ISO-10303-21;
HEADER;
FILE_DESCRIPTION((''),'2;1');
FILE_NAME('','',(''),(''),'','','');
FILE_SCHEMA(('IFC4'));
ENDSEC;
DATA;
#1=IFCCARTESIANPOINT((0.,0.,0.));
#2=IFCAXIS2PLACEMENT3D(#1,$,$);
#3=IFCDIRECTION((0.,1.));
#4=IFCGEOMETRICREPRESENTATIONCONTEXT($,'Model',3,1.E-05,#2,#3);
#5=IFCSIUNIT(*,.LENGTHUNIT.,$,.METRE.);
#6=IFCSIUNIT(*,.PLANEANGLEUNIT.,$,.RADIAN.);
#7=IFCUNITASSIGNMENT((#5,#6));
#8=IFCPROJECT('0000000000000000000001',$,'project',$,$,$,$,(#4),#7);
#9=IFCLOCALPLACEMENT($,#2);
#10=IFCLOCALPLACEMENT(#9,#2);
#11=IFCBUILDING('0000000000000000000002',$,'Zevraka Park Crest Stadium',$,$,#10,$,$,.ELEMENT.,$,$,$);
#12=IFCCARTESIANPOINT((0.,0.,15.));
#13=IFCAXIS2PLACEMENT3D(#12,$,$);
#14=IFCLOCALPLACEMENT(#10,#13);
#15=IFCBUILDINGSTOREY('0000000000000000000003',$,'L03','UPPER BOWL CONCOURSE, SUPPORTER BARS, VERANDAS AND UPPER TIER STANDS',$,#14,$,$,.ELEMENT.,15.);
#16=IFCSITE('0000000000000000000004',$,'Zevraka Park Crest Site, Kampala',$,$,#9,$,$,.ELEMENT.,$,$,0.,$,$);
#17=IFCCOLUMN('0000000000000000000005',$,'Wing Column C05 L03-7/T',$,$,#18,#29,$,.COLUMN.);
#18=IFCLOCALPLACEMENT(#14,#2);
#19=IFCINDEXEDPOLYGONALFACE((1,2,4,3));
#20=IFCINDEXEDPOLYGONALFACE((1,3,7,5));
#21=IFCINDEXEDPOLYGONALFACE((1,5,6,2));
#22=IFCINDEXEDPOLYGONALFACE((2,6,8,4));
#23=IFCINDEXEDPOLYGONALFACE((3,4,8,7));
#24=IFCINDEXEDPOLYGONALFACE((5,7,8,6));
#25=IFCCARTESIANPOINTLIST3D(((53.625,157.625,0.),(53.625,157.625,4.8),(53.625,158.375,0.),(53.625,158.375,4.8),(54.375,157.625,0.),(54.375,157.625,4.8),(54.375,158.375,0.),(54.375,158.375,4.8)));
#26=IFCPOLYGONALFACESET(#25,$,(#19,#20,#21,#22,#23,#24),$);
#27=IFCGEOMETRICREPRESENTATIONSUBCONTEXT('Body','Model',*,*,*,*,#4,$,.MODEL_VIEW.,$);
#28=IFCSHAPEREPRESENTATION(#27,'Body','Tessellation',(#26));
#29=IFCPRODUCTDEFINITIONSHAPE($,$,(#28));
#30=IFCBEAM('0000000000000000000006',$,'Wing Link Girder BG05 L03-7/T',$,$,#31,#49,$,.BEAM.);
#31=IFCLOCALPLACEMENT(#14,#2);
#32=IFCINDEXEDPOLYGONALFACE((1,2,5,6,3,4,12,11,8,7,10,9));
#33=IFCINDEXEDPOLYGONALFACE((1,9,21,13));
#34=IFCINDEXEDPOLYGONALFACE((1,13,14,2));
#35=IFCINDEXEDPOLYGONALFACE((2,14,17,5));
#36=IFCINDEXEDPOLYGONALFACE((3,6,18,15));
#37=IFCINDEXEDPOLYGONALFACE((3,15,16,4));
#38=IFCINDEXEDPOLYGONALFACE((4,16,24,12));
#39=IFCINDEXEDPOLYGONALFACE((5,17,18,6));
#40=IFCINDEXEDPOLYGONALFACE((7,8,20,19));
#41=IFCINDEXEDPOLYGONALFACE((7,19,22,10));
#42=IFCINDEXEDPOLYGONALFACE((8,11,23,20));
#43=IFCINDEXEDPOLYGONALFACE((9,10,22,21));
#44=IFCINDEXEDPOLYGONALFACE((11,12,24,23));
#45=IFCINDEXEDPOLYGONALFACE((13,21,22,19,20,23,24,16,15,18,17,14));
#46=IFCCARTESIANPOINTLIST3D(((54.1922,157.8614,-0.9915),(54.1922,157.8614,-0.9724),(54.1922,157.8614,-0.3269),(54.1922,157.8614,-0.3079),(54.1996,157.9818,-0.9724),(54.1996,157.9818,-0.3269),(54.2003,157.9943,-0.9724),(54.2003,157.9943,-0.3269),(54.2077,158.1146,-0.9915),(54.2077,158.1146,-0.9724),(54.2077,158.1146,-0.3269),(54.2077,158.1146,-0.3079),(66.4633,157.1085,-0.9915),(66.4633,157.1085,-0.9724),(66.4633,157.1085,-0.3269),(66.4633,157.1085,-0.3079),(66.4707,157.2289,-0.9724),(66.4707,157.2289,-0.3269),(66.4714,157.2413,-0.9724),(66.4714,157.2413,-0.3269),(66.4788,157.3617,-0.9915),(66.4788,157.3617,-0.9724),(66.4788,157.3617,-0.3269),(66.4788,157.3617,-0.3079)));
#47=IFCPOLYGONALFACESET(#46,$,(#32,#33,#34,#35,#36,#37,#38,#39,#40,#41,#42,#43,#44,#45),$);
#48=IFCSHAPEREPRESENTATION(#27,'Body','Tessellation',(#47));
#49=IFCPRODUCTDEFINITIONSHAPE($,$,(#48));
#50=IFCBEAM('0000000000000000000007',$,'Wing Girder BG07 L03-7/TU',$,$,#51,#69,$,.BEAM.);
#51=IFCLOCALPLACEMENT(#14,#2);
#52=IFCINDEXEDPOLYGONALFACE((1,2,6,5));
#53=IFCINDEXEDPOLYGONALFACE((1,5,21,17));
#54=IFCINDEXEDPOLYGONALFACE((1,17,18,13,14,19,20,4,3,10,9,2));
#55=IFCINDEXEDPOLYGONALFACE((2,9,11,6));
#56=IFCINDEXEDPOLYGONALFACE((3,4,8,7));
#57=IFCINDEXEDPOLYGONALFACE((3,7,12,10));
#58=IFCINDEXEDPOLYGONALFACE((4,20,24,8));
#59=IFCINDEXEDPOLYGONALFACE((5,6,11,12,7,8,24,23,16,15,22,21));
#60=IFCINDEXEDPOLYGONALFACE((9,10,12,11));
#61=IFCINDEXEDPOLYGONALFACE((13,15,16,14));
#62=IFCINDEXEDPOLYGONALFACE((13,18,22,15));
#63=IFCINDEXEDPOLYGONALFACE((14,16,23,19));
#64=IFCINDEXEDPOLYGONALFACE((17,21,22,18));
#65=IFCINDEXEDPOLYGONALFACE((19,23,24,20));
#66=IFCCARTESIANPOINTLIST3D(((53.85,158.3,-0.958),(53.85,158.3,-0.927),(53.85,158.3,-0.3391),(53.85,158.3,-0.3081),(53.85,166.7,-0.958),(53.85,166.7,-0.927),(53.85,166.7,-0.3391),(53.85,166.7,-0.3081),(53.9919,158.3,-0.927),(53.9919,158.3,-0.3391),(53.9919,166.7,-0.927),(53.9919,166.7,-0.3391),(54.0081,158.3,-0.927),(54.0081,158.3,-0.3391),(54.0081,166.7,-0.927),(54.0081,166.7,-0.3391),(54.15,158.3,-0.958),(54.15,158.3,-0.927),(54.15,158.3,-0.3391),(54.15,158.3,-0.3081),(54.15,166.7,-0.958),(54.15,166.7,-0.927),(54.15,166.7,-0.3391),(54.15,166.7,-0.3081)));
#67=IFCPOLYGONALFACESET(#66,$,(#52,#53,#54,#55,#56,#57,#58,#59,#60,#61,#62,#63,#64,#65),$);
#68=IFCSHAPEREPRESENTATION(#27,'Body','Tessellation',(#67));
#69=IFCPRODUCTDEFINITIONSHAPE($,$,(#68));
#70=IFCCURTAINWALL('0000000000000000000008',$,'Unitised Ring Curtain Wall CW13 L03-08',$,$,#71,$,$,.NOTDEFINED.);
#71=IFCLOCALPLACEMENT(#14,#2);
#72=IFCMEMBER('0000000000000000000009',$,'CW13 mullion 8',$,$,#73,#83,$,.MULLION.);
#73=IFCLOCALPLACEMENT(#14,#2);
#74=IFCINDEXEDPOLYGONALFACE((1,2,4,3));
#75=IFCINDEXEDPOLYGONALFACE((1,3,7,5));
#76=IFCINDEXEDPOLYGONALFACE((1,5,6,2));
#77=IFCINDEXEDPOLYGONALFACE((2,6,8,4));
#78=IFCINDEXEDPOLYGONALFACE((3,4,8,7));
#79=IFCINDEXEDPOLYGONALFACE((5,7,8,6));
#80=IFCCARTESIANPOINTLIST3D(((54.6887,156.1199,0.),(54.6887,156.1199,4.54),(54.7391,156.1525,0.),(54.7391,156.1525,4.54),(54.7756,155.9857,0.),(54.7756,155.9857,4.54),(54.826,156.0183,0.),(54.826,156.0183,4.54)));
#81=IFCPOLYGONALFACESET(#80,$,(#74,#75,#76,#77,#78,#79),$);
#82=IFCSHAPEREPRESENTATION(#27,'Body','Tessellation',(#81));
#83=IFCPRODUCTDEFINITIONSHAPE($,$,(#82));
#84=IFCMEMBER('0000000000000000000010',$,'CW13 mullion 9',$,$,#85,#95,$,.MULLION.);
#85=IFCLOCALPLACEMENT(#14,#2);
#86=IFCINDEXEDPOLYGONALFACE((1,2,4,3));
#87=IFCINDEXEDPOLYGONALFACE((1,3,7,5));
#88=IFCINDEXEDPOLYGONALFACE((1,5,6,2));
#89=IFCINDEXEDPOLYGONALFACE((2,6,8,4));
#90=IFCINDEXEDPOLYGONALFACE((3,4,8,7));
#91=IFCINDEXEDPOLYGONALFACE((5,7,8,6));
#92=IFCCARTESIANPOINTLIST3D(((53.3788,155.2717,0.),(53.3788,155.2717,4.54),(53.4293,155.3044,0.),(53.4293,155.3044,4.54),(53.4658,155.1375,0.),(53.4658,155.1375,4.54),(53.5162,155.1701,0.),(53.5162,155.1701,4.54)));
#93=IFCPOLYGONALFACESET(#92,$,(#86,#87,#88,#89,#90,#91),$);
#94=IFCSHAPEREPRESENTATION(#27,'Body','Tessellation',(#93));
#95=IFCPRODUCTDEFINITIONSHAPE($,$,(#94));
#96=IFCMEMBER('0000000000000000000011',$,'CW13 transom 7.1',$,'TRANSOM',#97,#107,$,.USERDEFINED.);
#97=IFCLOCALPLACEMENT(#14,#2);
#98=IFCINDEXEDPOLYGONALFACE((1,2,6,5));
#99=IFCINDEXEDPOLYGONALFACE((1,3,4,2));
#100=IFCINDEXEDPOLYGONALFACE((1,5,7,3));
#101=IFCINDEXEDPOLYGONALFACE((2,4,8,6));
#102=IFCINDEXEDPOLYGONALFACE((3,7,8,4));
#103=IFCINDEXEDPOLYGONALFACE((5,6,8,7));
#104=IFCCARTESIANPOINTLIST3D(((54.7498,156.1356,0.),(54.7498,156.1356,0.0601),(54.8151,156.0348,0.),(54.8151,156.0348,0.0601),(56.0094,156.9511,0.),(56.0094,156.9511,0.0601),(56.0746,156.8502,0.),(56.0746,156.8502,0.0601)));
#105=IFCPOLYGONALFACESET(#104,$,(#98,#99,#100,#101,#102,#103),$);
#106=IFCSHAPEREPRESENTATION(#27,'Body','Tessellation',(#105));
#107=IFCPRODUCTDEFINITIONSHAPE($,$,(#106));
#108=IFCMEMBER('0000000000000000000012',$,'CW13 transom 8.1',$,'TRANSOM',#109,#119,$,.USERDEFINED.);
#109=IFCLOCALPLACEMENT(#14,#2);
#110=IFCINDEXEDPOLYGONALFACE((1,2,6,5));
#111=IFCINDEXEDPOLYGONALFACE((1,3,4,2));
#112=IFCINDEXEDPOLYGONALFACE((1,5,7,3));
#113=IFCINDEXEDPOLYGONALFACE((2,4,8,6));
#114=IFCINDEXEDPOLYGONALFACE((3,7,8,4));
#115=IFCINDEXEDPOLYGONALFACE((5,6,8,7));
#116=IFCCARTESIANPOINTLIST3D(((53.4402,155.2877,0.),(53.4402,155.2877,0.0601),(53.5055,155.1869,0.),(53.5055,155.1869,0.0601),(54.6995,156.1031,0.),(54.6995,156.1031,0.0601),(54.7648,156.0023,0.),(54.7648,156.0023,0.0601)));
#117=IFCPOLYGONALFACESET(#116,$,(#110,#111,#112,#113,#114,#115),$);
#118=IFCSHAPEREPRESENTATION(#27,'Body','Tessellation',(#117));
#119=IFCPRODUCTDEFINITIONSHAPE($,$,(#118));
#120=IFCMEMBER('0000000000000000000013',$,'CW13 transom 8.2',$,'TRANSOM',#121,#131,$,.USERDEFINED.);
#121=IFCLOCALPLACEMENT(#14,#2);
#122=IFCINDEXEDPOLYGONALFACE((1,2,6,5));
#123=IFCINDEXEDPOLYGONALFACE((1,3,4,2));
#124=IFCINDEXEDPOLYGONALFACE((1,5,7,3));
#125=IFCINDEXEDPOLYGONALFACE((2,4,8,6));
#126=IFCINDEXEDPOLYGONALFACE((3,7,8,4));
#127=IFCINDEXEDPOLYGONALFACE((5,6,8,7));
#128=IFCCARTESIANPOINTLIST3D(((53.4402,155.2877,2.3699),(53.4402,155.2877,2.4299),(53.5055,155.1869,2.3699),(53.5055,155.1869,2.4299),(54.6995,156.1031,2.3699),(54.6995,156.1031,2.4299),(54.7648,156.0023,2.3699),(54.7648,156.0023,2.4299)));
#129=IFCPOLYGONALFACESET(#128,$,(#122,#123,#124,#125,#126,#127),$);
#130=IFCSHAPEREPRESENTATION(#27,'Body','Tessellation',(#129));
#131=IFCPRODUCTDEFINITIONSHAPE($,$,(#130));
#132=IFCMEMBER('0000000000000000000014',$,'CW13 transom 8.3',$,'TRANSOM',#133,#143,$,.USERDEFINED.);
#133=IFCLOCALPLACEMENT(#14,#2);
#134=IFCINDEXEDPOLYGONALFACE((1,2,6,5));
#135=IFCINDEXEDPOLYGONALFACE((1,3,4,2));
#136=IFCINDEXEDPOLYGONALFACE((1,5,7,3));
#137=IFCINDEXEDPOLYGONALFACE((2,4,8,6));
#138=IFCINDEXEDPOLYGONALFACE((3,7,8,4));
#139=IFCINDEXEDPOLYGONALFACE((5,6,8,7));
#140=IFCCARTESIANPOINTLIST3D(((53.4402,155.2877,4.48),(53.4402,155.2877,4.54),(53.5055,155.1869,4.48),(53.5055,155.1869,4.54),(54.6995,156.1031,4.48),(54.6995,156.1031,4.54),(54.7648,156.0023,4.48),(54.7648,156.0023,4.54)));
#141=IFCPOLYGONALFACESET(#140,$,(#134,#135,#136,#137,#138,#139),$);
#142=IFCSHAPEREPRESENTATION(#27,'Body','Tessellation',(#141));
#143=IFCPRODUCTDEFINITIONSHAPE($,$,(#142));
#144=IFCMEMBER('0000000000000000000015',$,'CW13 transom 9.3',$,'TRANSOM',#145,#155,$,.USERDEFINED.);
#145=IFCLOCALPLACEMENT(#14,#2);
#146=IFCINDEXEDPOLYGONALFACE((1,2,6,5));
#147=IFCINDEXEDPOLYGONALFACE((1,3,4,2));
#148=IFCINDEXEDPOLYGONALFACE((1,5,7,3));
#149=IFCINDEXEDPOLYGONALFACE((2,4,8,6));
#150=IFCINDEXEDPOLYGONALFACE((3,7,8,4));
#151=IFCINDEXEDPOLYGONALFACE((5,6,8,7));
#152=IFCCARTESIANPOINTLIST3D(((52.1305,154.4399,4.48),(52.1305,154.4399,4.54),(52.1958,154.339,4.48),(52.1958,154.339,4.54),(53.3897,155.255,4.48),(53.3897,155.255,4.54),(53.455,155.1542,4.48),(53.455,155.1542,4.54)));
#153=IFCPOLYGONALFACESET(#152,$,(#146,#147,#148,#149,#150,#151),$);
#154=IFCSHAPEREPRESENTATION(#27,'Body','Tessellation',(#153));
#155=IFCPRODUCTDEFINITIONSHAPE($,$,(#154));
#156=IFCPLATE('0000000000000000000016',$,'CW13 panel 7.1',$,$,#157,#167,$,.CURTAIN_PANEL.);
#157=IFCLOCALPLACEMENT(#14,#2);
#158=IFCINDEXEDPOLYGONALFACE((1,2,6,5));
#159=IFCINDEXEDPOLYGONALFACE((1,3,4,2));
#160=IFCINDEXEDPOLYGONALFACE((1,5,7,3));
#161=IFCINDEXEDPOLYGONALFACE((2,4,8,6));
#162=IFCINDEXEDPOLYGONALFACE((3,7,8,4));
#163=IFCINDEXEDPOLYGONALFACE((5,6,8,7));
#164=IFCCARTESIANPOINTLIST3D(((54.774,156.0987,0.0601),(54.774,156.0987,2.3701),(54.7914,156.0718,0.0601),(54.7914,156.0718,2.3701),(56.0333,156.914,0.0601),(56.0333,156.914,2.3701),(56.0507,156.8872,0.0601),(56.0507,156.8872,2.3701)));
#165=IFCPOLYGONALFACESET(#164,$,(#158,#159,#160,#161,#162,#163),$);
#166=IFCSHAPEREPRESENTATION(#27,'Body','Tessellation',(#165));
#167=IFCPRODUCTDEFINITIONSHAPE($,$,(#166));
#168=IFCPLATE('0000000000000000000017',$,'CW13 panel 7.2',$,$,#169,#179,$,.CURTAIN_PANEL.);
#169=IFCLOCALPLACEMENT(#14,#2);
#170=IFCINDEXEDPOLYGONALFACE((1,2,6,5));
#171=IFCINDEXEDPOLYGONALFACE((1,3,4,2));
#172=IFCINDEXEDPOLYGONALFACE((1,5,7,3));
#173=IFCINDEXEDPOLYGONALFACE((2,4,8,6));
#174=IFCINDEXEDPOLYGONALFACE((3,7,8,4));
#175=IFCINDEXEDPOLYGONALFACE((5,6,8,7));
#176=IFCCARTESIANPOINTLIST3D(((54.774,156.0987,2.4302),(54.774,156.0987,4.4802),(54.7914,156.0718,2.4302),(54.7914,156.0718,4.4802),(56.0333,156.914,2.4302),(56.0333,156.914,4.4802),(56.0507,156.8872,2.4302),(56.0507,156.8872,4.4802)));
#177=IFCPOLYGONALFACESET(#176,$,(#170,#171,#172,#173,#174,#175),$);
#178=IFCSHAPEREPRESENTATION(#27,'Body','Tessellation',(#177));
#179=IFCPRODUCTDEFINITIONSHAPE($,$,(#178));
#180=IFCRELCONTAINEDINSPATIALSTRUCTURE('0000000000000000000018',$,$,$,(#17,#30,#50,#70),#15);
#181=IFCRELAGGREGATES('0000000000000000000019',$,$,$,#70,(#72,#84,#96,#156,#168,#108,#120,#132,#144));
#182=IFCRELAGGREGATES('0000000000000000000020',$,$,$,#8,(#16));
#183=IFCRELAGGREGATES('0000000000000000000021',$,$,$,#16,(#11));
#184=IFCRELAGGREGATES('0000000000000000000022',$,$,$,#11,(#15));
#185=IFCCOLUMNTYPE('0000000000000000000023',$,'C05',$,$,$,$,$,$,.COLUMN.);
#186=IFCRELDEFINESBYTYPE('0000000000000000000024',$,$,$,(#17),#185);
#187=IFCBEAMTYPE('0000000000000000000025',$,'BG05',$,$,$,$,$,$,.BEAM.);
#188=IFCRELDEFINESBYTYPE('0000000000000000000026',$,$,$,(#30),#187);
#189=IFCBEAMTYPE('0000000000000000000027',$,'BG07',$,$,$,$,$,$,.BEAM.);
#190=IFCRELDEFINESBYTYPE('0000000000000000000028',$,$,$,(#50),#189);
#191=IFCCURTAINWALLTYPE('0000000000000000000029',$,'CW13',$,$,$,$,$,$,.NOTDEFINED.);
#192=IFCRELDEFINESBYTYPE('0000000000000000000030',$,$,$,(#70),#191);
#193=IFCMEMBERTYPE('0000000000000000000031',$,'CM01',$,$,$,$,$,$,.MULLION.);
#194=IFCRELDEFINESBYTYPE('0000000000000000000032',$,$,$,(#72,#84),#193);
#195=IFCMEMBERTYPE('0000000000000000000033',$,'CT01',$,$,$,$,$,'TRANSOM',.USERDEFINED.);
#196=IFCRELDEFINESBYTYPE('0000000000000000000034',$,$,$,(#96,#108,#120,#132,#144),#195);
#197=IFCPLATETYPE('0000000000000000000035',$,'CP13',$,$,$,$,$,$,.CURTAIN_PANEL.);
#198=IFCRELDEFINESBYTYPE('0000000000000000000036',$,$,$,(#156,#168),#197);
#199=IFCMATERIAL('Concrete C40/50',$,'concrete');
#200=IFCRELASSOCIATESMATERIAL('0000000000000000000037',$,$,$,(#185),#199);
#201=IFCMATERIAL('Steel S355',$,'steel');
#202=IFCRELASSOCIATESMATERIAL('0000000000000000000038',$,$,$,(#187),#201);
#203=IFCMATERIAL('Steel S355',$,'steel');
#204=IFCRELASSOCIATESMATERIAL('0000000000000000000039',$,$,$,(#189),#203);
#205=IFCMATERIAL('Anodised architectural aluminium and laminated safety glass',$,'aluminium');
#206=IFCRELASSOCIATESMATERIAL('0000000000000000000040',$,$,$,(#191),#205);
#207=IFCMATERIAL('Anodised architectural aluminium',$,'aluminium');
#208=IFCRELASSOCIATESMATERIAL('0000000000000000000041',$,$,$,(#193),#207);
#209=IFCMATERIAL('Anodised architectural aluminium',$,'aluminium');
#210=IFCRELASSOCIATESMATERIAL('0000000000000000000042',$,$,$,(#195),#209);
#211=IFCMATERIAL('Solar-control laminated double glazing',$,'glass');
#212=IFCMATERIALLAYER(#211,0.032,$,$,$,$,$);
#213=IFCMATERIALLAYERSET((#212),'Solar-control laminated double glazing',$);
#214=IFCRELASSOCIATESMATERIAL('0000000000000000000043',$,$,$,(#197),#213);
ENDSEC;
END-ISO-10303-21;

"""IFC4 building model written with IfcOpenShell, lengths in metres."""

from ifc_helpers import new_model, si_unit, direction, frame, origin, origin_2d, place, context, subcontext, project, spatial, rectangle, i_section, extrude, material, layer, layer_set, material_profile, profile_set, type_object, element, aggregate, save


model = new_model("IFC4")

# Units and contexts
model_context = context("Model", 3, precision=1e-05, world=origin(), true_north=direction((0.0, 1.0)))
body_context = subcontext(model_context, "Body", "Model", "MODEL_VIEW")
ifc_project = project(units=[si_unit("LENGTHUNIT", "METRE"), si_unit("PLANEANGLEUNIT", "RADIAN")], contexts=[model_context])

# Site, building, storey
site_placement = place(None, origin())
site = spatial("IfcSite", under=ifc_project, at=site_placement, Name="Zevraka Park Crest Site, Kampala", CompositionType="ELEMENT", RefElevation=0.0)
building_placement = place(site_placement, origin())
building = spatial("IfcBuilding", under=site, at=building_placement, Name="Zevraka Park Crest Stadium", CompositionType="ELEMENT")
storey_placement = place(building_placement, frame((0.0, 0.0, 15.0)))
storey = spatial("IfcBuildingStorey", under=building, at=storey_placement, Name="L03", Description="UPPER BOWL CONCOURSE, SUPPORTER BARS, VERANDAS AND UPPER TIER STANDS", CompositionType="ELEMENT", Elevation=15.0)

# Column
ifc_material_1 = material(Name="Concrete C40/50", Category="concrete")
ifc_material_profile_1 = material_profile(ifc_material_1, rectangle(XDim=0.75, YDim=0.75, at=origin_2d()), Name="RC 750x750")
ifc_profile_set_1 = profile_set([ifc_material_profile_1], Name="Concrete C40/50")
column_type = type_object("IfcColumnType", Name="C05", PredefinedType="COLUMN", material=ifc_profile_set_1)
column_placement = place(storey_placement, frame((54.0, 158.0, 0.0), z_axis=(0.0, 0.0, 1.0), x_axis=(1.0, 0.0, 0.0)))
element("IfcColumn", 1, at=column_placement, inside=storey, type_object=column_type, Name="Wing Column C05 L03-7/T", PredefinedType="COLUMN", context=body_context, shape_type="SweptSolid", body=[
    extrude(rectangle(XDim=0.75, YDim=0.75, at=origin_2d()), origin(), (0.0, 0.0, 1.0), 4.8),
])

# Beams
ifc_material_2 = material(Name="Steel S355", Category="steel")
ifc_material_profile_2 = material_profile(ifc_material_2, i_section(OverallWidth=0.2537, OverallDepth=0.6836, WebThickness=0.0125, FlangeThickness=0.019, at=origin_2d()), Name="UKB 686x254x140")
ifc_profile_set_2 = profile_set([ifc_material_profile_2], Name="Steel S355")
beam_type_1 = type_object("IfcBeamType", Name="BG05", PredefinedType="BEAM", material=ifc_profile_set_2)
beam_1_placement = place(storey_placement, frame((54.2, 157.988, -0.6497), z_axis=(0.998123, -0.061243, 0.0), x_axis=(0.061243, 0.998123, 0.0)))
element("IfcBeam", 2, at=beam_1_placement, inside=storey, type_object=beam_type_1, Name="Wing Link Girder BG05 L03-7/T", PredefinedType="BEAM", context=body_context, shape_type="SweptSolid", body=[
    extrude(i_section(OverallWidth=0.2537, OverallDepth=0.6836, WebThickness=0.0125, FlangeThickness=0.019, at=origin_2d()), origin(), (0.0, 0.0, 1.0), 12.2942),
])
ifc_material_3 = material(Name="Steel S355", Category="steel")
ifc_material_profile_3 = material_profile(ifc_material_3, i_section(OverallWidth=0.3, OverallDepth=0.6499, WebThickness=0.0161, FlangeThickness=0.031, at=origin_2d()), Name="HEB 650")
ifc_profile_set_3 = profile_set([ifc_material_profile_3], Name="Steel S355")
beam_type_2 = type_object("IfcBeamType", Name="BG07", PredefinedType="BEAM", material=ifc_profile_set_3)
beam_2_placement = place(storey_placement, frame((54.0, 158.3, -0.6331), z_axis=(0.0, 1.0, 0.0), x_axis=(-1.0, 0.0, 0.0)))
element("IfcBeam", 3, at=beam_2_placement, inside=storey, type_object=beam_type_2, Name="Wing Girder BG07 L03-7/TU", PredefinedType="BEAM", context=body_context, shape_type="SweptSolid", body=[
    extrude(i_section(OverallWidth=0.3, OverallDepth=0.6499, WebThickness=0.0161, FlangeThickness=0.031, at=origin_2d()), origin(), (0.0, 0.0, 1.0), 8.3999),
])

# Curtain wall, members, plates
ifc_material_4 = material(Name="Anodised architectural aluminium and laminated safety glass", Category="aluminium")
curtain_wall_type = type_object("IfcCurtainWallType", Name="CW13", PredefinedType="NOTDEFINED", material=ifc_material_4)
curtain_wall_placement = place(storey_placement, origin())
curtain_wall = element("IfcCurtainWall", 4, at=curtain_wall_placement, inside=storey, type_object=curtain_wall_type, Name="Unitised Ring Curtain Wall CW13 L03-08", PredefinedType="NOTDEFINED")
ifc_material_5 = material(Name="Anodised architectural aluminium", Category="aluminium")
ifc_material_profile_4 = material_profile(ifc_material_5, rectangle(XDim=0.1599, YDim=0.0601, at=origin_2d()), Name="ALU MULLION 160x60")
ifc_profile_set_4 = profile_set([ifc_material_profile_4], Name="Anodised architectural aluminium")
member_type_1 = type_object("IfcMemberType", Name="CM01", PredefinedType="MULLION", material=ifc_profile_set_4)
member_1_placement = place(storey_placement, frame((54.7573, 156.0691, 0.0), z_axis=(0.0, 0.0, 1.0), x_axis=(0.543469, -0.839429, 0.0)))
member_1 = element("IfcMember", 5, at=member_1_placement, type_object=member_type_1, Name="CW13 mullion 8", PredefinedType="MULLION", context=body_context, shape_type="SweptSolid", body=[
    extrude(rectangle(XDim=0.1599, YDim=0.0601, at=origin_2d()), origin(), (0.0, 0.0, 1.0), 4.54),
])
member_2_placement = place(storey_placement, frame((53.4475, 155.2209, 0.0), z_axis=(0.0, 0.0, 1.0), x_axis=(0.543469, -0.839429, 0.0)))
member_2 = element("IfcMember", 6, at=member_2_placement, type_object=member_type_1, Name="CW13 mullion 9", PredefinedType="MULLION", context=body_context, shape_type="SweptSolid", body=[
    extrude(rectangle(XDim=0.1599, YDim=0.0601, at=origin_2d()), origin(), (0.0, 0.0, 1.0), 4.54),
])
ifc_material_6 = material(Name="Anodised architectural aluminium", Category="aluminium")
ifc_material_profile_5 = material_profile(ifc_material_6, rectangle(XDim=0.1201, YDim=0.0601, at=origin_2d()), Name="ALU TRANSOM 120x60")
ifc_profile_set_5 = profile_set([ifc_material_profile_5], Name="Anodised architectural aluminium")
member_type_2 = type_object("IfcMemberType", Name="CT01", ElementType="TRANSOM", PredefinedType="USERDEFINED", material=ifc_profile_set_5)
member_3_placement = place(storey_placement, frame((56.042, 156.9006, 0.03), z_axis=(-0.839435, -0.54346, 0.0), x_axis=(0.54346, -0.839435, 0.0)))
member_3 = element("IfcMember", 7, at=member_3_placement, type_object=member_type_2, Name="CW13 transom 7.1", ObjectType="TRANSOM", PredefinedType="USERDEFINED", context=body_context, shape_type="SweptSolid", body=[
    extrude(rectangle(XDim=0.1201, YDim=0.0601, at=origin_2d()), origin(), (0.0, 0.0, 1.0), 1.5005),
])
member_4_placement = place(storey_placement, frame((54.7322, 156.0527, 0.03), z_axis=(-0.839387, -0.543535, 0.0), x_axis=(0.543535, -0.839387, 0.0)))
member_4 = element("IfcMember", 8, at=member_4_placement, type_object=member_type_2, Name="CW13 transom 8.1", ObjectType="TRANSOM", PredefinedType="USERDEFINED", context=body_context, shape_type="SweptSolid", body=[
    extrude(rectangle(XDim=0.1201, YDim=0.0601, at=origin_2d()), origin(), (0.0, 0.0, 1.0), 1.5002),
])
member_5_placement = place(storey_placement, frame((54.7322, 156.0527, 2.3999), z_axis=(-0.839387, -0.543535, 0.0), x_axis=(0.543535, -0.839387, 0.0)))
member_5 = element("IfcMember", 9, at=member_5_placement, type_object=member_type_2, Name="CW13 transom 8.2", ObjectType="TRANSOM", PredefinedType="USERDEFINED", context=body_context, shape_type="SweptSolid", body=[
    extrude(rectangle(XDim=0.1201, YDim=0.0601, at=origin_2d()), origin(), (0.0, 0.0, 1.0), 1.5002),
])
member_6_placement = place(storey_placement, frame((54.7322, 156.0527, 4.51), z_axis=(-0.839387, -0.543535, 0.0), x_axis=(0.543535, -0.839387, 0.0)))
member_6 = element("IfcMember", 10, at=member_6_placement, type_object=member_type_2, Name="CW13 transom 8.3", ObjectType="TRANSOM", PredefinedType="USERDEFINED", context=body_context, shape_type="SweptSolid", body=[
    extrude(rectangle(XDim=0.1201, YDim=0.0601, at=origin_2d()), origin(), (0.0, 0.0, 1.0), 1.5002),
])
member_7_placement = place(storey_placement, frame((53.4224, 155.2046, 4.51), z_axis=(-0.839461, -0.54342, 0.0), x_axis=(0.54342, -0.839461, 0.0)))
member_7 = element("IfcMember", 11, at=member_7_placement, type_object=member_type_2, Name="CW13 transom 9.3", ObjectType="TRANSOM", PredefinedType="USERDEFINED", context=body_context, shape_type="SweptSolid", body=[
    extrude(rectangle(XDim=0.1201, YDim=0.0601, at=origin_2d()), origin(), (0.0, 0.0, 1.0), 1.5),
])
ifc_material_7 = material(Name="Solar-control laminated double glazing", Category="glass")
ifc_layer_1 = layer(ifc_material_7, 0.032)
ifc_layer_set_1 = layer_set([ifc_layer_1], Name="Solar-control laminated double glazing")
plate_type = type_object("IfcPlateType", Name="CP13", PredefinedType="CURTAIN_PANEL", material=ifc_layer_set_1)
plate_1_placement = place(storey_placement, frame((55.4124, 156.4929, 0.0601), z_axis=(0.0, 0.0, 1.0), x_axis=(-0.839429, -0.543469, 0.0)))
plate_1 = element("IfcPlate", 12, at=plate_1_placement, type_object=plate_type, Name="CW13 panel 7.1", PredefinedType="CURTAIN_PANEL", context=body_context, shape_type="SweptSolid", body=[
    extrude(rectangle(XDim=1.5002, YDim=0.032, at=origin_2d()), origin(), (0.0, 0.0, 1.0), 2.3101),
])
plate_2_placement = place(storey_placement, frame((55.4124, 156.4929, 2.4302), z_axis=(0.0, 0.0, 1.0), x_axis=(-0.839429, -0.543469, 0.0)))
plate_2 = element("IfcPlate", 13, at=plate_2_placement, type_object=plate_type, Name="CW13 panel 7.2", PredefinedType="CURTAIN_PANEL", context=body_context, shape_type="SweptSolid", body=[
    extrude(rectangle(XDim=1.5002, YDim=0.032, at=origin_2d()), origin(), (0.0, 0.0, 1.0), 2.05),
])
aggregate(curtain_wall, [member_1, member_2, member_3, plate_1, plate_2, member_4, member_5, member_6, member_7])

save(model, "model.ifc")
